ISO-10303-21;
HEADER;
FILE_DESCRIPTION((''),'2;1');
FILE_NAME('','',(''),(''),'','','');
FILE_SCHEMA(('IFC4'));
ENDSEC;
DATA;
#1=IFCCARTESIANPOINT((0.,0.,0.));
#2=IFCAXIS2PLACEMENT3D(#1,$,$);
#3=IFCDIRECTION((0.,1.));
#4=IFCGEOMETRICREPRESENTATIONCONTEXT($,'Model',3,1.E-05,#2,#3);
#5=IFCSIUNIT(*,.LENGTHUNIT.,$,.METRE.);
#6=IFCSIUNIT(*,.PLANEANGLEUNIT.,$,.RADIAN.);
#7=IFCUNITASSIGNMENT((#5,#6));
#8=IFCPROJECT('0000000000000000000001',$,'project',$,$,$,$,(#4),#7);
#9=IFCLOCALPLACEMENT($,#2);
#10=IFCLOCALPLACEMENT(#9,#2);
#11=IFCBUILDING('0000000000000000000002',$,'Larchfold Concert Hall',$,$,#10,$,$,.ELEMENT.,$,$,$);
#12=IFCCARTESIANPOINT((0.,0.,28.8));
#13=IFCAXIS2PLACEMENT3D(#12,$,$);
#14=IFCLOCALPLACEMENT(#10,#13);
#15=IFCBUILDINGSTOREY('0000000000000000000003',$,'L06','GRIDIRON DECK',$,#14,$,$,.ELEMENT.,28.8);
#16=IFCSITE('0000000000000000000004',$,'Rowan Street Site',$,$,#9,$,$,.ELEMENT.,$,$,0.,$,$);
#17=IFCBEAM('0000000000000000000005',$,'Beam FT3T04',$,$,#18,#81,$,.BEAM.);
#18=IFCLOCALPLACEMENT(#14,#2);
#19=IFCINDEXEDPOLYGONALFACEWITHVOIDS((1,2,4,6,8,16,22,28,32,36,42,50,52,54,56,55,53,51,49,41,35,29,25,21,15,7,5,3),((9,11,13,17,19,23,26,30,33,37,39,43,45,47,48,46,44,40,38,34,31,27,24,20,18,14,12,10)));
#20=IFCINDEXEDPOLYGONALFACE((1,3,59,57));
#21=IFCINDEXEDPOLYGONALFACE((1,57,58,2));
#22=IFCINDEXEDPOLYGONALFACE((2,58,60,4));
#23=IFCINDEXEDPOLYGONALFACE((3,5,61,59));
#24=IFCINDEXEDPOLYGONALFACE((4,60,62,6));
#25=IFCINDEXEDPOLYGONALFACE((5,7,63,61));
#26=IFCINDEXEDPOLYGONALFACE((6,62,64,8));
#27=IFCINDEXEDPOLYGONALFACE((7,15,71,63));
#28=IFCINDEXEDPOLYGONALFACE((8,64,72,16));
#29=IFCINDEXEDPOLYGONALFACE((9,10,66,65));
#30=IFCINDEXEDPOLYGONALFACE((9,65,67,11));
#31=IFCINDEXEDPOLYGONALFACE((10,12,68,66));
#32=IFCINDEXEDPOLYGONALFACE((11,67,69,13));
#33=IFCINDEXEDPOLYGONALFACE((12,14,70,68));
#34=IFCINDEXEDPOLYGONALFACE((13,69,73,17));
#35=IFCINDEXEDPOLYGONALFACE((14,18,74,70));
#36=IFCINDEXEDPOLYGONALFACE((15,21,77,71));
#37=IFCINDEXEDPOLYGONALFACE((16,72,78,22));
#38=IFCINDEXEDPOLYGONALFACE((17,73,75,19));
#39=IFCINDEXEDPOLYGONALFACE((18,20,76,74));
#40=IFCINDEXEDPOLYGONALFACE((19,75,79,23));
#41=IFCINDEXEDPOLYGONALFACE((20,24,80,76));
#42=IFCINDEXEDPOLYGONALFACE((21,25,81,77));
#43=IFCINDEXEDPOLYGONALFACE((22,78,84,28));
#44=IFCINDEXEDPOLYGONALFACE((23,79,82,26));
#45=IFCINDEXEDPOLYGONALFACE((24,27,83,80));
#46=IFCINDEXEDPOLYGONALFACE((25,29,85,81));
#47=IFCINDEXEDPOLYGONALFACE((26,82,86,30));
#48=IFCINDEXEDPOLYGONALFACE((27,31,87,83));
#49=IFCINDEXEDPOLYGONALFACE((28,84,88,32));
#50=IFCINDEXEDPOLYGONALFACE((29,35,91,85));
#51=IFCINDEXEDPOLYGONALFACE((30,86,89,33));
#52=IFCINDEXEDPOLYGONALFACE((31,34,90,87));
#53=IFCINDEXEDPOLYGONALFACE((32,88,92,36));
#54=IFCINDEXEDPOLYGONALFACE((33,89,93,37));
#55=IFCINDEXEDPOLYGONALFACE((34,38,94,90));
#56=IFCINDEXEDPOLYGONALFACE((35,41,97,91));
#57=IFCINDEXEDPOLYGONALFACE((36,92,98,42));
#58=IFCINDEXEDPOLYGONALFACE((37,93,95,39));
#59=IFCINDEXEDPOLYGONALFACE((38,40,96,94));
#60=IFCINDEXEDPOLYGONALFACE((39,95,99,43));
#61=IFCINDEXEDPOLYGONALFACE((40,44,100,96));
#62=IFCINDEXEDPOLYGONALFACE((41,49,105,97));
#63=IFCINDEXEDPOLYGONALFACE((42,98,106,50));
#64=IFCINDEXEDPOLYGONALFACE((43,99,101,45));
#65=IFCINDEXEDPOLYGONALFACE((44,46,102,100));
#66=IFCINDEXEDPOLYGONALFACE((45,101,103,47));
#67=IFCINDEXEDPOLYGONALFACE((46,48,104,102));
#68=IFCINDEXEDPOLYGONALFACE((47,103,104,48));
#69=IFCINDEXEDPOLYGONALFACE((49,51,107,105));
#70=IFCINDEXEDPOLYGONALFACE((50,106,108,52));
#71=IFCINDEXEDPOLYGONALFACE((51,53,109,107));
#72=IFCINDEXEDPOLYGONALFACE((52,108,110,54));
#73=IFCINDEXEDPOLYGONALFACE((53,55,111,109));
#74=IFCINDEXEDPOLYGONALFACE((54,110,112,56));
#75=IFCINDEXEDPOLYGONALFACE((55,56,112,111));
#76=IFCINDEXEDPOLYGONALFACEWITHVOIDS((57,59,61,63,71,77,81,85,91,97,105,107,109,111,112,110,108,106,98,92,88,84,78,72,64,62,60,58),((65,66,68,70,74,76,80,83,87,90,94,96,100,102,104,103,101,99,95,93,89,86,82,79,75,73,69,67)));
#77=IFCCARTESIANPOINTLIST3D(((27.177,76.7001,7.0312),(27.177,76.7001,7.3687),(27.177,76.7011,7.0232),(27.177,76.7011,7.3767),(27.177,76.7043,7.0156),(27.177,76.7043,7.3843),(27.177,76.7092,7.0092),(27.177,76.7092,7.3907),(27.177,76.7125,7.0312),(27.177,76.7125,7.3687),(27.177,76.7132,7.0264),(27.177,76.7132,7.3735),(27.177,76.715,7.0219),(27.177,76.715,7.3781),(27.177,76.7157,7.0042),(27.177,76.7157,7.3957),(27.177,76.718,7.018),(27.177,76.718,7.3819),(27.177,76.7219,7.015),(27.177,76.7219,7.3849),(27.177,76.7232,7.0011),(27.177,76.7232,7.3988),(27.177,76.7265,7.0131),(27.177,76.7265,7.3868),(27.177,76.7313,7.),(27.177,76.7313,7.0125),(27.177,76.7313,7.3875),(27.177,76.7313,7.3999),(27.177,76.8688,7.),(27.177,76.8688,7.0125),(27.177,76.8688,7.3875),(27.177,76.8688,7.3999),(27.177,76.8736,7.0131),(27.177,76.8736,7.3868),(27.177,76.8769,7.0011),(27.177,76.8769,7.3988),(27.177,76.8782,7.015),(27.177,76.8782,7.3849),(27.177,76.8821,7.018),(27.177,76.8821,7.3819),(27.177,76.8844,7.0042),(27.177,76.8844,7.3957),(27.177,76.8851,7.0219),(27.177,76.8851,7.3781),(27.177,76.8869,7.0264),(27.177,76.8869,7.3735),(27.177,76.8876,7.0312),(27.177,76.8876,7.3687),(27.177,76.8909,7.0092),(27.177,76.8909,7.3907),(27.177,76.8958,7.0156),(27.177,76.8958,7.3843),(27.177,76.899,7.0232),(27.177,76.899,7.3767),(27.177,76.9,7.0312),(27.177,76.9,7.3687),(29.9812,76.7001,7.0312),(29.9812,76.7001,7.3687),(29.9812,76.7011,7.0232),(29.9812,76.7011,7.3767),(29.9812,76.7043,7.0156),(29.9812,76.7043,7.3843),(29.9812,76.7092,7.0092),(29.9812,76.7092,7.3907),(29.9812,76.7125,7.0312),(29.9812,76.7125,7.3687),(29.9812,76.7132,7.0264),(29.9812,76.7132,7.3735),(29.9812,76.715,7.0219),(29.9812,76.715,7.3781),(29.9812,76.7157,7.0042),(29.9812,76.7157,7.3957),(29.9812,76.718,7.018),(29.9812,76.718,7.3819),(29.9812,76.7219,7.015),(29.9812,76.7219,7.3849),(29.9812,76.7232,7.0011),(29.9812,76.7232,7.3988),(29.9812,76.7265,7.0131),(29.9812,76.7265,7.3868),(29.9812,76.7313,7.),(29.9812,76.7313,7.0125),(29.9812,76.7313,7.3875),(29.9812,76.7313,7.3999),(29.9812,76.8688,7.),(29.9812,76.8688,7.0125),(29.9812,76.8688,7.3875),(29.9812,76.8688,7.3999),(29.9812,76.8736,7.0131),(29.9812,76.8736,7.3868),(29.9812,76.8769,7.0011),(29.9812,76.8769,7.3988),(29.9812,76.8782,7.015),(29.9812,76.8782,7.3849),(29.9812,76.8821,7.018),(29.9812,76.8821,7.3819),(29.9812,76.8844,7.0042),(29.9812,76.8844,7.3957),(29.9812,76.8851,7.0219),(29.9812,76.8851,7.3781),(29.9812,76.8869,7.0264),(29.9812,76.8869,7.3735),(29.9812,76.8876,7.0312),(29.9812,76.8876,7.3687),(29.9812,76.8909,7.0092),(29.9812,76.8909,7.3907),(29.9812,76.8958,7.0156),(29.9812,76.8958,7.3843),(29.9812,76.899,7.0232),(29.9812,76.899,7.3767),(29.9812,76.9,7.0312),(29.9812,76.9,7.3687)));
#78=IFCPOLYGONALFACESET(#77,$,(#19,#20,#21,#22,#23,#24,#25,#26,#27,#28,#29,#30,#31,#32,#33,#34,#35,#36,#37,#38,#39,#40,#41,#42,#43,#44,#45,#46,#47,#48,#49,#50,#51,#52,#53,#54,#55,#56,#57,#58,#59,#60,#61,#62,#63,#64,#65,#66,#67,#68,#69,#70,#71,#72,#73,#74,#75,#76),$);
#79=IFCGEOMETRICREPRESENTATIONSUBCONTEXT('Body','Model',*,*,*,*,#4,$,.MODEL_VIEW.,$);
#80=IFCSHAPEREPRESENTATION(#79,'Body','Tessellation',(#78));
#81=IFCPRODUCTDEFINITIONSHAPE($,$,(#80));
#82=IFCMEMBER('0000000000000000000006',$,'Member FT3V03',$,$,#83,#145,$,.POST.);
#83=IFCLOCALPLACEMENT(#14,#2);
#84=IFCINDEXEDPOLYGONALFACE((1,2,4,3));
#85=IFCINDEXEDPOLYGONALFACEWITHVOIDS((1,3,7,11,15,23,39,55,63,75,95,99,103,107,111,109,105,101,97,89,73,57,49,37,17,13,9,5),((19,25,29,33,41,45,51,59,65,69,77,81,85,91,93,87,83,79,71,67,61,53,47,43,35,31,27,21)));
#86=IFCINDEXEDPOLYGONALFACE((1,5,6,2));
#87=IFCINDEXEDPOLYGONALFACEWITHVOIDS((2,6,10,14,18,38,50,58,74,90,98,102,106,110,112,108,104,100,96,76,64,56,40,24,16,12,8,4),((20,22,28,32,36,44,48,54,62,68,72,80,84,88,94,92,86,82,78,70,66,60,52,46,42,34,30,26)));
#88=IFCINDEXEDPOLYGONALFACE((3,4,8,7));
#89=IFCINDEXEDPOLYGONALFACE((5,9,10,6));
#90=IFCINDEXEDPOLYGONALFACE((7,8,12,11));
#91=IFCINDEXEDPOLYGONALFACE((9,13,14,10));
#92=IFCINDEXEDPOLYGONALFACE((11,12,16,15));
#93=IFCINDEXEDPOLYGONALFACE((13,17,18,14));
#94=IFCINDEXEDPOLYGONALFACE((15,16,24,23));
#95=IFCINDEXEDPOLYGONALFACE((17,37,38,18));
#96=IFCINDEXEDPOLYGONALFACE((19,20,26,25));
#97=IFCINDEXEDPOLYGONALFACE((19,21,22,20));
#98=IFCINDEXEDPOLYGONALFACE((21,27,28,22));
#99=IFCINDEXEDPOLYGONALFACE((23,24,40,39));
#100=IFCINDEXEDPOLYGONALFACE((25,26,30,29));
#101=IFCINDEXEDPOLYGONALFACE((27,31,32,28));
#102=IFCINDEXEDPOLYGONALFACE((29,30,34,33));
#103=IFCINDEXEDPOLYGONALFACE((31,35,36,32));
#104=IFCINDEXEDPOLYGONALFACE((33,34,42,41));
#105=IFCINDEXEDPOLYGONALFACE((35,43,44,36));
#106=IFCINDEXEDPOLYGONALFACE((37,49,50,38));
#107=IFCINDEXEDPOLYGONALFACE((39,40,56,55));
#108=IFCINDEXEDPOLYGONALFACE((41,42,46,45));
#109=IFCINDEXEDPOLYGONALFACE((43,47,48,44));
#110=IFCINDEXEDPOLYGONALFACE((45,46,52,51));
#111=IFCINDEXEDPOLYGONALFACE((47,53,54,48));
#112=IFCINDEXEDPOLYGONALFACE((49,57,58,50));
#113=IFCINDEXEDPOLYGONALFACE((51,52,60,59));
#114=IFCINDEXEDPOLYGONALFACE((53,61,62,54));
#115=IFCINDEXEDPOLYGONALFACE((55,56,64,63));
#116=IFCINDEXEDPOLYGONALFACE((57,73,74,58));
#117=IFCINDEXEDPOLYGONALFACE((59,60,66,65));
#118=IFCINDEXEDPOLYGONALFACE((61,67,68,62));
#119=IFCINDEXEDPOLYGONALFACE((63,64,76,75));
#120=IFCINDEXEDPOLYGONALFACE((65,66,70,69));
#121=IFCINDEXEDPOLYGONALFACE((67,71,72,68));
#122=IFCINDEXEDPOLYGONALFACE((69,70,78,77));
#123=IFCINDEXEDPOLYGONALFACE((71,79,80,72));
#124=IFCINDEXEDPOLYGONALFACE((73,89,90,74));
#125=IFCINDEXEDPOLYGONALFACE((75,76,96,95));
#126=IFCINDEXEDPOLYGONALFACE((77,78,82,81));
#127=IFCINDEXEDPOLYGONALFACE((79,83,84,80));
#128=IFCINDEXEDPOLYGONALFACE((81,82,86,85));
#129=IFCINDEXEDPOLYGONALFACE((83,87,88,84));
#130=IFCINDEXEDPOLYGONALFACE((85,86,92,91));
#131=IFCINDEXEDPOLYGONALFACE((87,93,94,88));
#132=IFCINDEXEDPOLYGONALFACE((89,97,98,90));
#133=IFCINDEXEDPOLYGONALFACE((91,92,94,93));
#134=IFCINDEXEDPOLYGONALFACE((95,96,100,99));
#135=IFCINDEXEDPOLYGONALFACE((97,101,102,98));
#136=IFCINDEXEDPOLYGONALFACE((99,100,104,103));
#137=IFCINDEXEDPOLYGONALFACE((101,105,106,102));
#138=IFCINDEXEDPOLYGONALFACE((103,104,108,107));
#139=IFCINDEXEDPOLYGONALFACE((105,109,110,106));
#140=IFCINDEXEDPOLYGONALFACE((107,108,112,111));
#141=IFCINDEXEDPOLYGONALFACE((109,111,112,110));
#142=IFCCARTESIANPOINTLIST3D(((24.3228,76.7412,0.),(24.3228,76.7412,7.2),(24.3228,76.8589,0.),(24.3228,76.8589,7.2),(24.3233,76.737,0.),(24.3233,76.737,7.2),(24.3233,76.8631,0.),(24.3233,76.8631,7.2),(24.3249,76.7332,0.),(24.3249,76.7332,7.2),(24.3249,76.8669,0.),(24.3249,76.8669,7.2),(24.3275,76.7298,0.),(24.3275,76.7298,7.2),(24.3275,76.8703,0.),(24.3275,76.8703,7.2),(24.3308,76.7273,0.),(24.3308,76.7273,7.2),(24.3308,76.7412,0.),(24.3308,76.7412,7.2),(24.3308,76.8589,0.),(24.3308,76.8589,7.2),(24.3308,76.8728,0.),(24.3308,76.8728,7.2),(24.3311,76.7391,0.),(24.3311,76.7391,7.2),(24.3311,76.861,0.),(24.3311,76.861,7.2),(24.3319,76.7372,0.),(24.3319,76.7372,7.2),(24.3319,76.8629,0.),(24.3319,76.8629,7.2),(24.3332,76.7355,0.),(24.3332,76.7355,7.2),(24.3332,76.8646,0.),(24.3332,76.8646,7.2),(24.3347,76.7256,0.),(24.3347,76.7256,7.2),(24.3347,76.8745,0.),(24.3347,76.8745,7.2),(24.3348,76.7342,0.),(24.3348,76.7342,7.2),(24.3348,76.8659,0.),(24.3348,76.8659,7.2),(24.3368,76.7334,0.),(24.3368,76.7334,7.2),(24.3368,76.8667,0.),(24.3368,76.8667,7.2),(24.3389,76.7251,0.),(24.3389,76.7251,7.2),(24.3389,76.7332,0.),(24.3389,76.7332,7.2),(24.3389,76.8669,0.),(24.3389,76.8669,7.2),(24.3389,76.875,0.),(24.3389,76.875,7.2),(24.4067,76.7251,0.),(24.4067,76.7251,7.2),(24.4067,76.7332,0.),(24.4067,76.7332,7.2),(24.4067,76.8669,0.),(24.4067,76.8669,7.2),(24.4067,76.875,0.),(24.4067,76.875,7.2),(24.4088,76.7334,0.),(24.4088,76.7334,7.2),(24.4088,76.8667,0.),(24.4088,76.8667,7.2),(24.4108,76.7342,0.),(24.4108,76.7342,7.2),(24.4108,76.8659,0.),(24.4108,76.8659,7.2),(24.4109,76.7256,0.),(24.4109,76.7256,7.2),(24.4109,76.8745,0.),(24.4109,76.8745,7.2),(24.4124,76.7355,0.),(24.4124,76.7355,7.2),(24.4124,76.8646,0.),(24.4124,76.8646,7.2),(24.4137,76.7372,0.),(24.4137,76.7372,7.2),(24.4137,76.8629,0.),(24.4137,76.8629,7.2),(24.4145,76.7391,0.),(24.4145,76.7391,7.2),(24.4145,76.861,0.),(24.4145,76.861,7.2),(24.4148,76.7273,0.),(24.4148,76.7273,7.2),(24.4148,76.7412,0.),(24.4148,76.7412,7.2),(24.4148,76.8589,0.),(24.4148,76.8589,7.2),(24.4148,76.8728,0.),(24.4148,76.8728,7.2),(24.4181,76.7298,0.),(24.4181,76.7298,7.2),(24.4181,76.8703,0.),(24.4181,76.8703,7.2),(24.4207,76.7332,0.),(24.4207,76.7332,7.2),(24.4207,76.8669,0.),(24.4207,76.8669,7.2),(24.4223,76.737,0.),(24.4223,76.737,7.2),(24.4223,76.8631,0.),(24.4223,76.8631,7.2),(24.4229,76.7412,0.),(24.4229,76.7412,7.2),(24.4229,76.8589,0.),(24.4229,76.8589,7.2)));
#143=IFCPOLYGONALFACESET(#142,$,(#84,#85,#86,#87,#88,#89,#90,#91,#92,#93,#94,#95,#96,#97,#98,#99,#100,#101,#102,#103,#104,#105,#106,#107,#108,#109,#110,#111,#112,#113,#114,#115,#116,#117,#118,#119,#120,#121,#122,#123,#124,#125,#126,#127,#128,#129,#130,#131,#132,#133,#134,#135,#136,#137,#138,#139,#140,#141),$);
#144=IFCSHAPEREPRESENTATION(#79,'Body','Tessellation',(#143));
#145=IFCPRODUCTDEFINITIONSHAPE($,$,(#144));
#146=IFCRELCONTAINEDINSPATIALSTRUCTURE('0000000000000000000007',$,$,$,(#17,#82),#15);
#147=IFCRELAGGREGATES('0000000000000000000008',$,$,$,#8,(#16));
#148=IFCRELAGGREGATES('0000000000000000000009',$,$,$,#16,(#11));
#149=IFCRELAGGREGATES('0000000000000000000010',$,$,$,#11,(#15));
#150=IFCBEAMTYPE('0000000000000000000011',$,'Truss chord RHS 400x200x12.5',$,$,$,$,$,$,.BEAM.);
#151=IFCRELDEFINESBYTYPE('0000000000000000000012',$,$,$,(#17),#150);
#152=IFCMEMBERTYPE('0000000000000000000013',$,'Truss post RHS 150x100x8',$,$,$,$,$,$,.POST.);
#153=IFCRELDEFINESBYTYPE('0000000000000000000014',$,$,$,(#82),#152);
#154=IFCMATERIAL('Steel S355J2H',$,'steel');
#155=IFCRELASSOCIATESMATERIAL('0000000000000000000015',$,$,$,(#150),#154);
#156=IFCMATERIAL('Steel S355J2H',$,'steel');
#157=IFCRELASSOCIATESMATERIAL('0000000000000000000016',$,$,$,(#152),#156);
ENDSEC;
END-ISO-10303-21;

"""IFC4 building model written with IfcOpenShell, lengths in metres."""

from ifc_helpers import new_model, si_unit, direction, frame, origin, origin_2d, place, context, subcontext, project, spatial, hollow_rectangle, extrude, material, material_profile, profile_set, type_object, element, save


model = new_model("IFC4")

# Units and contexts
model_context = context("Model", 3, precision=1e-05, world=origin(), true_north=direction((0.0, 1.0)))
body_context = subcontext(model_context, "Body", "Model", "MODEL_VIEW")
ifc_project = project(units=[si_unit("LENGTHUNIT", "METRE"), si_unit("PLANEANGLEUNIT", "RADIAN")], contexts=[model_context])

# Site, building, storey
site_placement = place(None, origin())
site = spatial("IfcSite", under=ifc_project, at=site_placement, Name="Rowan Street Site", CompositionType="ELEMENT", RefElevation=0.0)
building_placement = place(site_placement, origin())
building = spatial("IfcBuilding", under=site, at=building_placement, Name="Larchfold Concert Hall", CompositionType="ELEMENT")
storey_placement = place(building_placement, frame((0.0, 0.0, 28.8)))
storey = spatial("IfcBuildingStorey", under=building, at=storey_placement, Name="L06", Description="GRIDIRON DECK", CompositionType="ELEMENT", Elevation=28.8)

# Beam
ifc_material_1 = material(Name="Steel S355J2H", Category="steel")
ifc_material_profile_1 = material_profile(ifc_material_1, hollow_rectangle(XDim=0.2, YDim=0.3999, WallThickness=0.0125, InnerFilletRadius=0.0188, OuterFilletRadius=0.0312, at=origin_2d()))
ifc_profile_set_1 = profile_set([ifc_material_profile_1], Name="Steel S355J2H")
beam_type_1 = type_object("IfcBeamType", Name="Truss chord RHS 400x200x12.5", PredefinedType="BEAM", material=ifc_profile_set_1)
for number, where, z_axis, x_axis, name in (
    (1, (27.177, 76.8, 7.2), (1.0, 0.0, 0.0), (0.0, 1.0, 0.0), "Beam FT3T04"),
):
    element("IfcBeam", number, at=place(storey_placement, frame(where, z_axis=z_axis, x_axis=x_axis)), inside=storey, type_object=beam_type_1, Name=name, PredefinedType="BEAM", context=body_context, shape_type="SweptSolid", body=[
        extrude(hollow_rectangle(XDim=0.2, YDim=0.3999, WallThickness=0.0125, InnerFilletRadius=0.0188, OuterFilletRadius=0.0312, at=origin_2d()), origin(), (0.0, 0.0, 1.0), 2.8042),
    ])

# Member
ifc_material_2 = material(Name="Steel S355J2H", Category="steel")
ifc_material_profile_2 = material_profile(ifc_material_2, hollow_rectangle(XDim=0.1001, YDim=0.1499, WallThickness=0.0081, InnerFilletRadius=0.0081, OuterFilletRadius=0.0161, at=origin_2d()))
ifc_profile_set_2 = profile_set([ifc_material_profile_2], Name="Steel S355J2H")
member_type_1 = type_object("IfcMemberType", Name="Truss post RHS 150x100x8", PredefinedType="POST", material=ifc_profile_set_2)
for number, where, z_axis, x_axis, name in (
    (2, (24.3728, 76.8, 7.2), (0.0, 0.0, -1.0), (1.0, 0.0, 0.0), "Member FT3V03"),
):
    element("IfcMember", number, at=place(storey_placement, frame(where, z_axis=z_axis, x_axis=x_axis)), inside=storey, type_object=member_type_1, Name=name, PredefinedType="POST", context=body_context, shape_type="SweptSolid", body=[
        extrude(hollow_rectangle(XDim=0.1001, YDim=0.1499, WallThickness=0.0081, InnerFilletRadius=0.0081, OuterFilletRadius=0.0161, at=origin_2d()), origin(), (0.0, 0.0, 1.0), 7.2),
    ])

save(model, "model.ifc")
